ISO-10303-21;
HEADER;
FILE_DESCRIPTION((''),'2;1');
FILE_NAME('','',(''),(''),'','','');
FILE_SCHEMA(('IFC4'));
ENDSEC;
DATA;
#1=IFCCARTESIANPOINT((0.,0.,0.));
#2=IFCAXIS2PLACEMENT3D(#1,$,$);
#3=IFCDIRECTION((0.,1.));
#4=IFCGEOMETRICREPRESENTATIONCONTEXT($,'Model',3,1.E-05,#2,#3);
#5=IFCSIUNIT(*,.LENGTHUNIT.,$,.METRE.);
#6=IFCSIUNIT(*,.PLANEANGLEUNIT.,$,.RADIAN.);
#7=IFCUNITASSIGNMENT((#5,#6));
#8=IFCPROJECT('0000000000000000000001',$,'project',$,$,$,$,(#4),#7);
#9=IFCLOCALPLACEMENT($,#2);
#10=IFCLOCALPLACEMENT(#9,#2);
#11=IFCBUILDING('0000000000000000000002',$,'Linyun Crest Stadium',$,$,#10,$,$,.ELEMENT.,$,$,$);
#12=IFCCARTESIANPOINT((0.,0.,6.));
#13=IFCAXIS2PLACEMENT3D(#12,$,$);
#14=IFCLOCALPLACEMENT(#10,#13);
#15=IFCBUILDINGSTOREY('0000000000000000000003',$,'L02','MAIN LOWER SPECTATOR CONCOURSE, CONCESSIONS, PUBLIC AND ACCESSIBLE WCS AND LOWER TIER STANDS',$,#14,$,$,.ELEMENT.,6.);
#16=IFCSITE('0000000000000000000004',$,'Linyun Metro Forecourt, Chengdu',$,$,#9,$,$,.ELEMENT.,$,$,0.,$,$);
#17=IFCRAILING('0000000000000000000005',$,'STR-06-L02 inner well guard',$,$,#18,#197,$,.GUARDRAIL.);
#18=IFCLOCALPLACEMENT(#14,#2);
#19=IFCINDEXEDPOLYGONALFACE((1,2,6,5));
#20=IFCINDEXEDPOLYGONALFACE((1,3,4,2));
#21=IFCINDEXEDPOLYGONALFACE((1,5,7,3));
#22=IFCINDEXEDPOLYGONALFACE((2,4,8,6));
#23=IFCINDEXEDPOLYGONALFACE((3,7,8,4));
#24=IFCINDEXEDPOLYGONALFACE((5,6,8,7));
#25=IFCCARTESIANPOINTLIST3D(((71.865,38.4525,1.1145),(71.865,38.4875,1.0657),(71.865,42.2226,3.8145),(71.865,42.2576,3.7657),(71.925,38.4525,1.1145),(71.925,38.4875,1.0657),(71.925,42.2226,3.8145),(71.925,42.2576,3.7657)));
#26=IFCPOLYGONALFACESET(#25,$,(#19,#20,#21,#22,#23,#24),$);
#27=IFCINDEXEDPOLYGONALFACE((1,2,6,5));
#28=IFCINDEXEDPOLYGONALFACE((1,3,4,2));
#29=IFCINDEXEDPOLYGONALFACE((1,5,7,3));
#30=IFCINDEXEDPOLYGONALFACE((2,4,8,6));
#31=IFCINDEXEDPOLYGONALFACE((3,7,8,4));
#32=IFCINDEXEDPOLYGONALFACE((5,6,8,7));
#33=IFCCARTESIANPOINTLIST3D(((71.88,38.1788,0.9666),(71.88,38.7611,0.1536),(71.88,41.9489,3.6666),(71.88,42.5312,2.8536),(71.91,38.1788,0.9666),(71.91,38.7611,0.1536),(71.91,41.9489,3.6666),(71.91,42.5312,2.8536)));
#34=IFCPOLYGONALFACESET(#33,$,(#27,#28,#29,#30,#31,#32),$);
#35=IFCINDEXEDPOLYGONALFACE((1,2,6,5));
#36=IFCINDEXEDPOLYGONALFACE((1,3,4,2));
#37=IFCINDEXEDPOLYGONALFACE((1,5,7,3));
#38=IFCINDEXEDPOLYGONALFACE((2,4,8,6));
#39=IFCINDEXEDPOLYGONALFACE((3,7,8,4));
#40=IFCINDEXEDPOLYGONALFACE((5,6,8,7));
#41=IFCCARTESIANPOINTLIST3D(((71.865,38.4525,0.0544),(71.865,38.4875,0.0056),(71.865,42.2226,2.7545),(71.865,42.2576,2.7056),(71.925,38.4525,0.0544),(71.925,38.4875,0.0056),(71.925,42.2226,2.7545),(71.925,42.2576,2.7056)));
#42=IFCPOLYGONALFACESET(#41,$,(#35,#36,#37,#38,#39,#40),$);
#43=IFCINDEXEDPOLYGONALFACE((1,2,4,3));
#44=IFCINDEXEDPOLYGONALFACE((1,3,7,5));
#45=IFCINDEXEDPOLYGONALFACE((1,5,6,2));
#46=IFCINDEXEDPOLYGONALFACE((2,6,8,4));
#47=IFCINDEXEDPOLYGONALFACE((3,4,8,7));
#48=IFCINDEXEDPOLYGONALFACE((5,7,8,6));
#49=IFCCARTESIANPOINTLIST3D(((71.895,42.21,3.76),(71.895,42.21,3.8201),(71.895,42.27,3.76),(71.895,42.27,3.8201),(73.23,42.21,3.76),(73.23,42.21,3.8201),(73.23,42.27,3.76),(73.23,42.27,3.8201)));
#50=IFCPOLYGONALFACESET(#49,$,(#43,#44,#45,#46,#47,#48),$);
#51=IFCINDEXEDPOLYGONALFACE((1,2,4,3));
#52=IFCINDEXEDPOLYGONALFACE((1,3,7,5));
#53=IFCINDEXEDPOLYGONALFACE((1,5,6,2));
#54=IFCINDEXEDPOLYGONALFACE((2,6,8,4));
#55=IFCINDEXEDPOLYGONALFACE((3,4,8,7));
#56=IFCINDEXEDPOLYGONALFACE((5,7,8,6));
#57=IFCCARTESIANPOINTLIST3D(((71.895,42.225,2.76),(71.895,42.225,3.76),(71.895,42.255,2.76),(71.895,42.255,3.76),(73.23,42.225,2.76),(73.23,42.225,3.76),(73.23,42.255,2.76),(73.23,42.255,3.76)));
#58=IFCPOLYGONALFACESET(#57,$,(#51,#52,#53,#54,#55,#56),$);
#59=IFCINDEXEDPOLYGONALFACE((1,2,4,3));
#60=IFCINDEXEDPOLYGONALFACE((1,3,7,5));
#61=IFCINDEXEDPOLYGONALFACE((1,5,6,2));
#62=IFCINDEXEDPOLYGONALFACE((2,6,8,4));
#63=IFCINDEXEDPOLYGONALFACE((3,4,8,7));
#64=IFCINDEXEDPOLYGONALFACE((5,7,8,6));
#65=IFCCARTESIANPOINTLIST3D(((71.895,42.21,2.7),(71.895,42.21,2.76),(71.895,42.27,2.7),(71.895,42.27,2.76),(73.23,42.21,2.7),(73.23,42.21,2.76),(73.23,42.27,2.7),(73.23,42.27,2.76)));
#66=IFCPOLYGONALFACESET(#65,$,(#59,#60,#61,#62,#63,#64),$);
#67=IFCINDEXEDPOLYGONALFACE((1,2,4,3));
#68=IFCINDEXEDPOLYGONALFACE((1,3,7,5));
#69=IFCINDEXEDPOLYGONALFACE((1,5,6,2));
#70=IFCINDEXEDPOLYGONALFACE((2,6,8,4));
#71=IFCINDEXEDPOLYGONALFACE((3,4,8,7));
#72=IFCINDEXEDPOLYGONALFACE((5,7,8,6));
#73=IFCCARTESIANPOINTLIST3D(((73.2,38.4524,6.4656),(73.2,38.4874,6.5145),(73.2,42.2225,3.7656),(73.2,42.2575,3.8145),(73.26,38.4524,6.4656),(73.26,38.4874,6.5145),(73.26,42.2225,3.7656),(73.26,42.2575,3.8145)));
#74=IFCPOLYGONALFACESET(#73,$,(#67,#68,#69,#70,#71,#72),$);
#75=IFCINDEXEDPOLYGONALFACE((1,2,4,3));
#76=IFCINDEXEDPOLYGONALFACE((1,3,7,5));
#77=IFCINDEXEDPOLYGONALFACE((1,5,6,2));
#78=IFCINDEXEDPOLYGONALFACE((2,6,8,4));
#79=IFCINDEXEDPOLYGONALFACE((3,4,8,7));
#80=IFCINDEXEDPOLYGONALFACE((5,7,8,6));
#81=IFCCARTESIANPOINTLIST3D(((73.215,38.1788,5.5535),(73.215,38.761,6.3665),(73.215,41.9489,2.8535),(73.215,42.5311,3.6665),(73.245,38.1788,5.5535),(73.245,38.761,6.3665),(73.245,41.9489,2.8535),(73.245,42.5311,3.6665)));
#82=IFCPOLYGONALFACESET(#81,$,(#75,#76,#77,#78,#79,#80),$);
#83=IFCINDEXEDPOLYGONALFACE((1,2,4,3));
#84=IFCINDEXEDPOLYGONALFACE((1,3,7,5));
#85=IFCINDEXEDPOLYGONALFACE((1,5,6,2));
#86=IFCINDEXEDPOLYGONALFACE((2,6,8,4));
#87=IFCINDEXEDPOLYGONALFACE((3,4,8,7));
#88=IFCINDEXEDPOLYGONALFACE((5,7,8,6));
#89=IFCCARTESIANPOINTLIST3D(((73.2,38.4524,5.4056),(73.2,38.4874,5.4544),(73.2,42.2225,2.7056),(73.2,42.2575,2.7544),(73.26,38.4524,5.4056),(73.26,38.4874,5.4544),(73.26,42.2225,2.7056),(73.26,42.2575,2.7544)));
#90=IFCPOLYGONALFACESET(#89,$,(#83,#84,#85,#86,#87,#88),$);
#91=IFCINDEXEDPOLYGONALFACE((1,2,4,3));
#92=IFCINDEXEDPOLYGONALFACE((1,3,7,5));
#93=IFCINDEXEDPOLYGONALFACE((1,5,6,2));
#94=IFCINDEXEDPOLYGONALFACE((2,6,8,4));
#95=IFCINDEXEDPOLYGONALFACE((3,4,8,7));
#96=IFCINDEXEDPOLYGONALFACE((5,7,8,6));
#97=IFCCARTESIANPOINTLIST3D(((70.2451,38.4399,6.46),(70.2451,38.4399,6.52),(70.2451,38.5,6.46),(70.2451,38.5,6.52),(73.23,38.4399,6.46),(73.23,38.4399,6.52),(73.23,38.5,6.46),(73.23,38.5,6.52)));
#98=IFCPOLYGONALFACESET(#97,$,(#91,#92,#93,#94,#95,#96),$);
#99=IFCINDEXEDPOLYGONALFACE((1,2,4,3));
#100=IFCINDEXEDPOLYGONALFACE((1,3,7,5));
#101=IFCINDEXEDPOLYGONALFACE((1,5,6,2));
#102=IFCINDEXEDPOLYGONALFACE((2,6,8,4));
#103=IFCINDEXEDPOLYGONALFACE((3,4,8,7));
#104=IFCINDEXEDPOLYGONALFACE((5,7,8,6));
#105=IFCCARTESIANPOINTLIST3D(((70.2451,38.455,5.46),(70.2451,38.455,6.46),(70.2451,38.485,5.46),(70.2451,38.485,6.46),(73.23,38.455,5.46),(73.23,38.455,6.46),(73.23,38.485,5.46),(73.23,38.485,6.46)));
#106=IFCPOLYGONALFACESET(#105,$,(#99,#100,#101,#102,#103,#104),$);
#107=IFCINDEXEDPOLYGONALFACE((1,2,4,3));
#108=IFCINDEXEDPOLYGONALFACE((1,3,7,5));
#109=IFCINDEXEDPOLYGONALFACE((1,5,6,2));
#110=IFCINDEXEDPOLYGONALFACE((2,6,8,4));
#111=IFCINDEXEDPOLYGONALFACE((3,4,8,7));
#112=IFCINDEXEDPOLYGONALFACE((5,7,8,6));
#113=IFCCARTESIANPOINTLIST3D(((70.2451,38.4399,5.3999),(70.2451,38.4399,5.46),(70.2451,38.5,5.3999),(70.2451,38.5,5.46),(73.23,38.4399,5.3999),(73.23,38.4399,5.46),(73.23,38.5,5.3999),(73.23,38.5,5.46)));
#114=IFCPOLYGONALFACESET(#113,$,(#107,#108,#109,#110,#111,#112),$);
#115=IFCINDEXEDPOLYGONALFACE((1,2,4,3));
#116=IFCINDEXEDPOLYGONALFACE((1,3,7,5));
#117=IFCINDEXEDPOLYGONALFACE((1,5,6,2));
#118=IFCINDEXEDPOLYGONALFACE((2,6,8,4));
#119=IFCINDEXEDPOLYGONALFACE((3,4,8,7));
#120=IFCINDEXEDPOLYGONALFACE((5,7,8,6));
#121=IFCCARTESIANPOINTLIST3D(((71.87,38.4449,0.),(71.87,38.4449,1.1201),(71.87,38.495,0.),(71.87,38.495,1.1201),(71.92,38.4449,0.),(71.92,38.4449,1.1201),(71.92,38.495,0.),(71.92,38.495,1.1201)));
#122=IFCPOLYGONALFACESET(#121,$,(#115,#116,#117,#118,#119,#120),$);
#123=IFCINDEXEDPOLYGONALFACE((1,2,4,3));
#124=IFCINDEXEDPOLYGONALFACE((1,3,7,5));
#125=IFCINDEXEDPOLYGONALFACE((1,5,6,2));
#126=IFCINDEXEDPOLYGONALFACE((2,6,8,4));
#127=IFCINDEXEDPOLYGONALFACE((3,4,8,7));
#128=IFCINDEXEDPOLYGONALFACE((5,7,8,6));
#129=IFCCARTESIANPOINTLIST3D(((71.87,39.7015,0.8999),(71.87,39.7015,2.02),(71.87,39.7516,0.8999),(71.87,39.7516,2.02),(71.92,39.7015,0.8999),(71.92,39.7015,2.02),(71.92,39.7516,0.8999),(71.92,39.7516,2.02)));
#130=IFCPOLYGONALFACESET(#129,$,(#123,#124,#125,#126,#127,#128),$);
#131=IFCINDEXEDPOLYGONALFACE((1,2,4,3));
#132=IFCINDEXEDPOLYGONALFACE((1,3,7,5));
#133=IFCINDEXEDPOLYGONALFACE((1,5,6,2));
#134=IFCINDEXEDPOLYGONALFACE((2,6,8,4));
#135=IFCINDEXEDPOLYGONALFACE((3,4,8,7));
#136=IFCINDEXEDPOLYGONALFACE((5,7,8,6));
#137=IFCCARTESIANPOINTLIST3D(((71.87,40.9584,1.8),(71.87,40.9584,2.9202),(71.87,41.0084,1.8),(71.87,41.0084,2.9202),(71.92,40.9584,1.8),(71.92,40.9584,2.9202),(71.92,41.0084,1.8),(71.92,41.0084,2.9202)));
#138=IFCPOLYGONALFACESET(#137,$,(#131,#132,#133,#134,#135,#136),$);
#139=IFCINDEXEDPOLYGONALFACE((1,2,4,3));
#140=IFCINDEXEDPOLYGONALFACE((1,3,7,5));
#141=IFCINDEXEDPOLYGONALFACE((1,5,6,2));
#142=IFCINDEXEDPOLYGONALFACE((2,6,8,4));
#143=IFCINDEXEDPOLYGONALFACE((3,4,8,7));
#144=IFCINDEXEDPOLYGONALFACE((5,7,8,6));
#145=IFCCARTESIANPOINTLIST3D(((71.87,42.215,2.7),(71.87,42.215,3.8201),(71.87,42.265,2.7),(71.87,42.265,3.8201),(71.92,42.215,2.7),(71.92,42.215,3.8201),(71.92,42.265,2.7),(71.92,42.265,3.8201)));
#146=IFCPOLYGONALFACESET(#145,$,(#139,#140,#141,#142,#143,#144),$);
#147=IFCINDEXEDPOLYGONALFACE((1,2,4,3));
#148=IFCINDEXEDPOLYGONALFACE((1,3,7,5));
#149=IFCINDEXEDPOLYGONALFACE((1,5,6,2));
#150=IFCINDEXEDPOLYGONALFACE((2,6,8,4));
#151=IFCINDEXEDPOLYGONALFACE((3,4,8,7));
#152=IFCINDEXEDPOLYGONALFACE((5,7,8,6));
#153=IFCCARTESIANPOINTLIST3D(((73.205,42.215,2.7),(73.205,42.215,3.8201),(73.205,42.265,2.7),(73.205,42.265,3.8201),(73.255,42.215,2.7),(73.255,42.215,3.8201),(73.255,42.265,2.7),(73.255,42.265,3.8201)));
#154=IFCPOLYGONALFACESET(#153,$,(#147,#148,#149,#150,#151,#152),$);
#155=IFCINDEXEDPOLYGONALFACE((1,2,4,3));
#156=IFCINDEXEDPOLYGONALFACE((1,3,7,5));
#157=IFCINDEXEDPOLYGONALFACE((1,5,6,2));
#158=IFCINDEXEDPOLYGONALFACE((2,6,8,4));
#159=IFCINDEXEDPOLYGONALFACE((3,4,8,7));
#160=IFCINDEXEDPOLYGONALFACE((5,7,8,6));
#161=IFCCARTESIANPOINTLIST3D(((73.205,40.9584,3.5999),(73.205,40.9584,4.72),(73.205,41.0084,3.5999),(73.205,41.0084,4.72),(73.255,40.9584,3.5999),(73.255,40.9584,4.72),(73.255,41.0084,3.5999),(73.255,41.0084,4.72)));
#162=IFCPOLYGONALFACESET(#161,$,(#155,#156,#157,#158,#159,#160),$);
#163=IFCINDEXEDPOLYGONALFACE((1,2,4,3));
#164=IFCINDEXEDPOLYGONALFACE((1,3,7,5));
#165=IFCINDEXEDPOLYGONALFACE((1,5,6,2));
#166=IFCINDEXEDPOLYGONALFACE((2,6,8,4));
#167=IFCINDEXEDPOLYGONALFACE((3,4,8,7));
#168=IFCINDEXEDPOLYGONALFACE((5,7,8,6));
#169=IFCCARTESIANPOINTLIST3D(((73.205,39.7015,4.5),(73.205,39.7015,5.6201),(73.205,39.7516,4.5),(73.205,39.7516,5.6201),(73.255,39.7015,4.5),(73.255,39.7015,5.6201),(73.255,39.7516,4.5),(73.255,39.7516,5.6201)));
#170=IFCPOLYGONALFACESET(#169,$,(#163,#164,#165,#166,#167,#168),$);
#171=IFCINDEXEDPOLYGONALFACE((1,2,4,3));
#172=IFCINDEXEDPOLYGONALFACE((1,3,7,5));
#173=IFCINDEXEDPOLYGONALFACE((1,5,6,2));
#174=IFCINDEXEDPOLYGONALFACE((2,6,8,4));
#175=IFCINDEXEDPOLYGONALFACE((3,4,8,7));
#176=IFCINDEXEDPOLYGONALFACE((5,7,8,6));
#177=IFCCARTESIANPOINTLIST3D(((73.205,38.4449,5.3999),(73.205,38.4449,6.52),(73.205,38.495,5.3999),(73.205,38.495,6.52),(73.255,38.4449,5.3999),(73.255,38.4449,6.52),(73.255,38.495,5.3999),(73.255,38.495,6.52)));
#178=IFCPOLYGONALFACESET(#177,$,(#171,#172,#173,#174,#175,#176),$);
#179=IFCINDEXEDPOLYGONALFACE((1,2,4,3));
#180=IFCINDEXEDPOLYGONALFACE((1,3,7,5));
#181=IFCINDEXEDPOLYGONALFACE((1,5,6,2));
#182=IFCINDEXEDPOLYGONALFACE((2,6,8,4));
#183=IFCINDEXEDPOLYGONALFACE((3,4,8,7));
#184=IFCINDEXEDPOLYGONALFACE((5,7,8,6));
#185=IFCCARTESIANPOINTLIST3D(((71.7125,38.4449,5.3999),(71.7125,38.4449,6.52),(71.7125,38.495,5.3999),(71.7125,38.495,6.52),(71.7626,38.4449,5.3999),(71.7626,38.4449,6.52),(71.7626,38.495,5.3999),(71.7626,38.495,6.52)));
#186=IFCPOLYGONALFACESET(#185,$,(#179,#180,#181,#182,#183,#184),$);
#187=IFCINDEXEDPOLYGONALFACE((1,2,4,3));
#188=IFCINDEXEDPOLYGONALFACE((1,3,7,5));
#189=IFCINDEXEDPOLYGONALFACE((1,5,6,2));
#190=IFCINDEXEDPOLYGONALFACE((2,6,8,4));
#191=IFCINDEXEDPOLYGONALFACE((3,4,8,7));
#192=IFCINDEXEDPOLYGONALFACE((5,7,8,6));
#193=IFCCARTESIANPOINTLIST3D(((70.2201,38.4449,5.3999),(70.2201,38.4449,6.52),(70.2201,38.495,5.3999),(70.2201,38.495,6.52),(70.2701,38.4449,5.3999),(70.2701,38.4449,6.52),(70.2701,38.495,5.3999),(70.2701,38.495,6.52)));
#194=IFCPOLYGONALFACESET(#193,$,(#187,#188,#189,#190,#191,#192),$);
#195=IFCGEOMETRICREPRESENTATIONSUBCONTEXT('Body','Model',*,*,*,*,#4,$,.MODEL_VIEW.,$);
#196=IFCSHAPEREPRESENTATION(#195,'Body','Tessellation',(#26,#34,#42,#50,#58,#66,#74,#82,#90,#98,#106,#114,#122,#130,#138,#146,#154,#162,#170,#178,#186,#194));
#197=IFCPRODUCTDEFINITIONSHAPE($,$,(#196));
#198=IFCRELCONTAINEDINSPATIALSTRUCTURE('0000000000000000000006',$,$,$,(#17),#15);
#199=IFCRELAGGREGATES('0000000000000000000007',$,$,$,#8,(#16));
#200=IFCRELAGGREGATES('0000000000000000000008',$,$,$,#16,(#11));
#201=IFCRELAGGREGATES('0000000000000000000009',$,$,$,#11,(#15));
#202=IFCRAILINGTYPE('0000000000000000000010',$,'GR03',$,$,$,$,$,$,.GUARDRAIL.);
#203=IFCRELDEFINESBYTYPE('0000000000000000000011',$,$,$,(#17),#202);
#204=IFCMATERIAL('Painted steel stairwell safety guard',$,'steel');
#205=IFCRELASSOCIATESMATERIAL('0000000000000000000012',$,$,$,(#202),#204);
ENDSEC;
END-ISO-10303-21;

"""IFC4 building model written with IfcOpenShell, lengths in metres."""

from ifc_helpers import new_model, si_unit, direction, frame, origin, origin_2d, place, context, subcontext, project, spatial, rectangle, extrude, material, type_object, element, save


model = new_model("IFC4")

# Units and contexts
model_context = context("Model", 3, precision=1e-05, world=origin(), true_north=direction((0.0, 1.0)))
body_context = subcontext(model_context, "Body", "Model", "MODEL_VIEW")
ifc_project = project(units=[si_unit("LENGTHUNIT", "METRE"), si_unit("PLANEANGLEUNIT", "RADIAN")], contexts=[model_context])

# Site, building, storey
site_placement = place(None, origin())
site = spatial("IfcSite", under=ifc_project, at=site_placement, Name="Linyun Metro Forecourt, Chengdu", CompositionType="ELEMENT", RefElevation=0.0)
building_placement = place(site_placement, origin())
building = spatial("IfcBuilding", under=site, at=building_placement, Name="Linyun Crest Stadium", CompositionType="ELEMENT")
storey_placement = place(building_placement, frame((0.0, 0.0, 6.0)))
storey = spatial("IfcBuildingStorey", under=building, at=storey_placement, Name="L02", Description="MAIN LOWER SPECTATOR CONCOURSE, CONCESSIONS, PUBLIC AND ACCESSIBLE WCS AND LOWER TIER STANDS", CompositionType="ELEMENT", Elevation=6.0)

# Railing
ifc_material_1 = material(Name="Painted steel stairwell safety guard", Category="steel")
railing_type_1 = type_object("IfcRailingType", Name="GR03", PredefinedType="GUARDRAIL", material=ifc_material_1)
railing_1_placement = place(storey_placement, frame((71.895, 38.47, 0.0)))
element("IfcRailing", 1, at=railing_1_placement, inside=storey, type_object=railing_type_1, Name="STR-06-L02 inner well guard", PredefinedType="GUARDRAIL", context=body_context, shape_type="SweptSolid", body=[
    extrude(rectangle(XDim=0.0601, YDim=0.0601, at=origin_2d()), frame((0.0, 0.0, 1.0901), z_axis=(0.0, 0.813011, 0.582249), x_axis=(-1.0, 0.0, 0.0)), (0.0, 0.0, 1.0), 4.6372),
    extrude(rectangle(XDim=0.03, YDim=1.0, at=origin_2d()), frame((0.0, 0.0, 0.5601), z_axis=(0.0, 0.813011, 0.582249), x_axis=(-1.0, 0.0, 0.0)), (0.0, 0.0, 1.0), 4.6372),
    extrude(rectangle(XDim=0.0601, YDim=0.0601, at=origin_2d()), frame((0.0, 0.0, 0.03), z_axis=(0.0, 0.813011, 0.582249), x_axis=(-1.0, 0.0, 0.0)), (0.0, 0.0, 1.0), 4.6372),
    extrude(rectangle(XDim=0.0601, YDim=0.0601, at=origin_2d()), frame((0.0, 3.77, 3.79), z_axis=(1.0, 0.0, 0.0), x_axis=(0.0, 1.0, 0.0)), (0.0, 0.0, 1.0), 1.335),
    extrude(rectangle(XDim=0.03, YDim=1.0, at=origin_2d()), frame((0.0, 3.77, 3.26), z_axis=(1.0, 0.0, 0.0), x_axis=(0.0, 1.0, 0.0)), (0.0, 0.0, 1.0), 1.335),
    extrude(rectangle(XDim=0.0601, YDim=0.0601, at=origin_2d()), frame((0.0, 3.77, 2.73), z_axis=(1.0, 0.0, 0.0), x_axis=(0.0, 1.0, 0.0)), (0.0, 0.0, 1.0), 1.335),
    extrude(rectangle(XDim=0.0601, YDim=0.0601, at=origin_2d()), frame((1.335, 3.77, 3.79), z_axis=(0.0, -0.813011, 0.582249), x_axis=(1.0, 0.0, 0.0)), (0.0, 0.0, 1.0), 4.6372),
    extrude(rectangle(XDim=0.03, YDim=1.0, at=origin_2d()), frame((1.335, 3.77, 3.26), z_axis=(0.0, -0.813011, 0.582249), x_axis=(1.0, 0.0, 0.0)), (0.0, 0.0, 1.0), 4.6372),
    extrude(rectangle(XDim=0.0601, YDim=0.0601, at=origin_2d()), frame((1.335, 3.77, 2.73), z_axis=(0.0, -0.813011, 0.582249), x_axis=(1.0, 0.0, 0.0)), (0.0, 0.0, 1.0), 4.6372),
    extrude(rectangle(XDim=0.0601, YDim=0.0601, at=origin_2d()), frame((1.335, 0.0, 6.49), z_axis=(-1.0, 0.0, 0.0), x_axis=(0.0, -1.0, 0.0)), (0.0, 0.0, 1.0), 2.9849),
    extrude(rectangle(XDim=0.03, YDim=1.0, at=origin_2d()), frame((1.335, 0.0, 5.96), z_axis=(-1.0, 0.0, 0.0), x_axis=(0.0, -1.0, 0.0)), (0.0, 0.0, 1.0), 2.9849),
    extrude(rectangle(XDim=0.0601, YDim=0.0601, at=origin_2d()), frame((1.335, 0.0, 5.4299), z_axis=(-1.0, 0.0, 0.0), x_axis=(0.0, -1.0, 0.0)), (0.0, 0.0, 1.0), 2.9849),
    extrude(rectangle(XDim=0.05, YDim=0.05, at=origin_2d()), origin(), (0.0, 0.0, 1.0), 1.1201),
    extrude(rectangle(XDim=0.05, YDim=0.05, at=origin_2d()), frame((0.0, 1.2566, 0.8999)), (0.0, 0.0, 1.0), 1.1201),
    extrude(rectangle(XDim=0.05, YDim=0.05, at=origin_2d()), frame((0.0, 2.5134, 1.8)), (0.0, 0.0, 1.0), 1.1201),
    extrude(rectangle(XDim=0.05, YDim=0.05, at=origin_2d()), frame((0.0, 3.77, 2.7)), (0.0, 0.0, 1.0), 1.1201),
    extrude(rectangle(XDim=0.05, YDim=0.05, at=origin_2d()), frame((1.335, 3.77, 2.7)), (0.0, 0.0, 1.0), 1.1201),
    extrude(rectangle(XDim=0.05, YDim=0.05, at=origin_2d()), frame((1.335, 2.5134, 3.5999)), (0.0, 0.0, 1.0), 1.1201),
    extrude(rectangle(XDim=0.05, YDim=0.05, at=origin_2d()), frame((1.335, 1.2566, 4.5)), (0.0, 0.0, 1.0), 1.1201),
    extrude(rectangle(XDim=0.05, YDim=0.05, at=origin_2d()), frame((1.335, 0.0, 5.3999)), (0.0, 0.0, 1.0), 1.1201),
    extrude(rectangle(XDim=0.05, YDim=0.05, at=origin_2d()), frame((-0.1575, 0.0, 5.3999)), (0.0, 0.0, 1.0), 1.1201),
    extrude(rectangle(XDim=0.05, YDim=0.05, at=origin_2d()), frame((-1.6499, 0.0, 5.3999)), (0.0, 0.0, 1.0), 1.1201),
])

save(model, "model.ifc")
